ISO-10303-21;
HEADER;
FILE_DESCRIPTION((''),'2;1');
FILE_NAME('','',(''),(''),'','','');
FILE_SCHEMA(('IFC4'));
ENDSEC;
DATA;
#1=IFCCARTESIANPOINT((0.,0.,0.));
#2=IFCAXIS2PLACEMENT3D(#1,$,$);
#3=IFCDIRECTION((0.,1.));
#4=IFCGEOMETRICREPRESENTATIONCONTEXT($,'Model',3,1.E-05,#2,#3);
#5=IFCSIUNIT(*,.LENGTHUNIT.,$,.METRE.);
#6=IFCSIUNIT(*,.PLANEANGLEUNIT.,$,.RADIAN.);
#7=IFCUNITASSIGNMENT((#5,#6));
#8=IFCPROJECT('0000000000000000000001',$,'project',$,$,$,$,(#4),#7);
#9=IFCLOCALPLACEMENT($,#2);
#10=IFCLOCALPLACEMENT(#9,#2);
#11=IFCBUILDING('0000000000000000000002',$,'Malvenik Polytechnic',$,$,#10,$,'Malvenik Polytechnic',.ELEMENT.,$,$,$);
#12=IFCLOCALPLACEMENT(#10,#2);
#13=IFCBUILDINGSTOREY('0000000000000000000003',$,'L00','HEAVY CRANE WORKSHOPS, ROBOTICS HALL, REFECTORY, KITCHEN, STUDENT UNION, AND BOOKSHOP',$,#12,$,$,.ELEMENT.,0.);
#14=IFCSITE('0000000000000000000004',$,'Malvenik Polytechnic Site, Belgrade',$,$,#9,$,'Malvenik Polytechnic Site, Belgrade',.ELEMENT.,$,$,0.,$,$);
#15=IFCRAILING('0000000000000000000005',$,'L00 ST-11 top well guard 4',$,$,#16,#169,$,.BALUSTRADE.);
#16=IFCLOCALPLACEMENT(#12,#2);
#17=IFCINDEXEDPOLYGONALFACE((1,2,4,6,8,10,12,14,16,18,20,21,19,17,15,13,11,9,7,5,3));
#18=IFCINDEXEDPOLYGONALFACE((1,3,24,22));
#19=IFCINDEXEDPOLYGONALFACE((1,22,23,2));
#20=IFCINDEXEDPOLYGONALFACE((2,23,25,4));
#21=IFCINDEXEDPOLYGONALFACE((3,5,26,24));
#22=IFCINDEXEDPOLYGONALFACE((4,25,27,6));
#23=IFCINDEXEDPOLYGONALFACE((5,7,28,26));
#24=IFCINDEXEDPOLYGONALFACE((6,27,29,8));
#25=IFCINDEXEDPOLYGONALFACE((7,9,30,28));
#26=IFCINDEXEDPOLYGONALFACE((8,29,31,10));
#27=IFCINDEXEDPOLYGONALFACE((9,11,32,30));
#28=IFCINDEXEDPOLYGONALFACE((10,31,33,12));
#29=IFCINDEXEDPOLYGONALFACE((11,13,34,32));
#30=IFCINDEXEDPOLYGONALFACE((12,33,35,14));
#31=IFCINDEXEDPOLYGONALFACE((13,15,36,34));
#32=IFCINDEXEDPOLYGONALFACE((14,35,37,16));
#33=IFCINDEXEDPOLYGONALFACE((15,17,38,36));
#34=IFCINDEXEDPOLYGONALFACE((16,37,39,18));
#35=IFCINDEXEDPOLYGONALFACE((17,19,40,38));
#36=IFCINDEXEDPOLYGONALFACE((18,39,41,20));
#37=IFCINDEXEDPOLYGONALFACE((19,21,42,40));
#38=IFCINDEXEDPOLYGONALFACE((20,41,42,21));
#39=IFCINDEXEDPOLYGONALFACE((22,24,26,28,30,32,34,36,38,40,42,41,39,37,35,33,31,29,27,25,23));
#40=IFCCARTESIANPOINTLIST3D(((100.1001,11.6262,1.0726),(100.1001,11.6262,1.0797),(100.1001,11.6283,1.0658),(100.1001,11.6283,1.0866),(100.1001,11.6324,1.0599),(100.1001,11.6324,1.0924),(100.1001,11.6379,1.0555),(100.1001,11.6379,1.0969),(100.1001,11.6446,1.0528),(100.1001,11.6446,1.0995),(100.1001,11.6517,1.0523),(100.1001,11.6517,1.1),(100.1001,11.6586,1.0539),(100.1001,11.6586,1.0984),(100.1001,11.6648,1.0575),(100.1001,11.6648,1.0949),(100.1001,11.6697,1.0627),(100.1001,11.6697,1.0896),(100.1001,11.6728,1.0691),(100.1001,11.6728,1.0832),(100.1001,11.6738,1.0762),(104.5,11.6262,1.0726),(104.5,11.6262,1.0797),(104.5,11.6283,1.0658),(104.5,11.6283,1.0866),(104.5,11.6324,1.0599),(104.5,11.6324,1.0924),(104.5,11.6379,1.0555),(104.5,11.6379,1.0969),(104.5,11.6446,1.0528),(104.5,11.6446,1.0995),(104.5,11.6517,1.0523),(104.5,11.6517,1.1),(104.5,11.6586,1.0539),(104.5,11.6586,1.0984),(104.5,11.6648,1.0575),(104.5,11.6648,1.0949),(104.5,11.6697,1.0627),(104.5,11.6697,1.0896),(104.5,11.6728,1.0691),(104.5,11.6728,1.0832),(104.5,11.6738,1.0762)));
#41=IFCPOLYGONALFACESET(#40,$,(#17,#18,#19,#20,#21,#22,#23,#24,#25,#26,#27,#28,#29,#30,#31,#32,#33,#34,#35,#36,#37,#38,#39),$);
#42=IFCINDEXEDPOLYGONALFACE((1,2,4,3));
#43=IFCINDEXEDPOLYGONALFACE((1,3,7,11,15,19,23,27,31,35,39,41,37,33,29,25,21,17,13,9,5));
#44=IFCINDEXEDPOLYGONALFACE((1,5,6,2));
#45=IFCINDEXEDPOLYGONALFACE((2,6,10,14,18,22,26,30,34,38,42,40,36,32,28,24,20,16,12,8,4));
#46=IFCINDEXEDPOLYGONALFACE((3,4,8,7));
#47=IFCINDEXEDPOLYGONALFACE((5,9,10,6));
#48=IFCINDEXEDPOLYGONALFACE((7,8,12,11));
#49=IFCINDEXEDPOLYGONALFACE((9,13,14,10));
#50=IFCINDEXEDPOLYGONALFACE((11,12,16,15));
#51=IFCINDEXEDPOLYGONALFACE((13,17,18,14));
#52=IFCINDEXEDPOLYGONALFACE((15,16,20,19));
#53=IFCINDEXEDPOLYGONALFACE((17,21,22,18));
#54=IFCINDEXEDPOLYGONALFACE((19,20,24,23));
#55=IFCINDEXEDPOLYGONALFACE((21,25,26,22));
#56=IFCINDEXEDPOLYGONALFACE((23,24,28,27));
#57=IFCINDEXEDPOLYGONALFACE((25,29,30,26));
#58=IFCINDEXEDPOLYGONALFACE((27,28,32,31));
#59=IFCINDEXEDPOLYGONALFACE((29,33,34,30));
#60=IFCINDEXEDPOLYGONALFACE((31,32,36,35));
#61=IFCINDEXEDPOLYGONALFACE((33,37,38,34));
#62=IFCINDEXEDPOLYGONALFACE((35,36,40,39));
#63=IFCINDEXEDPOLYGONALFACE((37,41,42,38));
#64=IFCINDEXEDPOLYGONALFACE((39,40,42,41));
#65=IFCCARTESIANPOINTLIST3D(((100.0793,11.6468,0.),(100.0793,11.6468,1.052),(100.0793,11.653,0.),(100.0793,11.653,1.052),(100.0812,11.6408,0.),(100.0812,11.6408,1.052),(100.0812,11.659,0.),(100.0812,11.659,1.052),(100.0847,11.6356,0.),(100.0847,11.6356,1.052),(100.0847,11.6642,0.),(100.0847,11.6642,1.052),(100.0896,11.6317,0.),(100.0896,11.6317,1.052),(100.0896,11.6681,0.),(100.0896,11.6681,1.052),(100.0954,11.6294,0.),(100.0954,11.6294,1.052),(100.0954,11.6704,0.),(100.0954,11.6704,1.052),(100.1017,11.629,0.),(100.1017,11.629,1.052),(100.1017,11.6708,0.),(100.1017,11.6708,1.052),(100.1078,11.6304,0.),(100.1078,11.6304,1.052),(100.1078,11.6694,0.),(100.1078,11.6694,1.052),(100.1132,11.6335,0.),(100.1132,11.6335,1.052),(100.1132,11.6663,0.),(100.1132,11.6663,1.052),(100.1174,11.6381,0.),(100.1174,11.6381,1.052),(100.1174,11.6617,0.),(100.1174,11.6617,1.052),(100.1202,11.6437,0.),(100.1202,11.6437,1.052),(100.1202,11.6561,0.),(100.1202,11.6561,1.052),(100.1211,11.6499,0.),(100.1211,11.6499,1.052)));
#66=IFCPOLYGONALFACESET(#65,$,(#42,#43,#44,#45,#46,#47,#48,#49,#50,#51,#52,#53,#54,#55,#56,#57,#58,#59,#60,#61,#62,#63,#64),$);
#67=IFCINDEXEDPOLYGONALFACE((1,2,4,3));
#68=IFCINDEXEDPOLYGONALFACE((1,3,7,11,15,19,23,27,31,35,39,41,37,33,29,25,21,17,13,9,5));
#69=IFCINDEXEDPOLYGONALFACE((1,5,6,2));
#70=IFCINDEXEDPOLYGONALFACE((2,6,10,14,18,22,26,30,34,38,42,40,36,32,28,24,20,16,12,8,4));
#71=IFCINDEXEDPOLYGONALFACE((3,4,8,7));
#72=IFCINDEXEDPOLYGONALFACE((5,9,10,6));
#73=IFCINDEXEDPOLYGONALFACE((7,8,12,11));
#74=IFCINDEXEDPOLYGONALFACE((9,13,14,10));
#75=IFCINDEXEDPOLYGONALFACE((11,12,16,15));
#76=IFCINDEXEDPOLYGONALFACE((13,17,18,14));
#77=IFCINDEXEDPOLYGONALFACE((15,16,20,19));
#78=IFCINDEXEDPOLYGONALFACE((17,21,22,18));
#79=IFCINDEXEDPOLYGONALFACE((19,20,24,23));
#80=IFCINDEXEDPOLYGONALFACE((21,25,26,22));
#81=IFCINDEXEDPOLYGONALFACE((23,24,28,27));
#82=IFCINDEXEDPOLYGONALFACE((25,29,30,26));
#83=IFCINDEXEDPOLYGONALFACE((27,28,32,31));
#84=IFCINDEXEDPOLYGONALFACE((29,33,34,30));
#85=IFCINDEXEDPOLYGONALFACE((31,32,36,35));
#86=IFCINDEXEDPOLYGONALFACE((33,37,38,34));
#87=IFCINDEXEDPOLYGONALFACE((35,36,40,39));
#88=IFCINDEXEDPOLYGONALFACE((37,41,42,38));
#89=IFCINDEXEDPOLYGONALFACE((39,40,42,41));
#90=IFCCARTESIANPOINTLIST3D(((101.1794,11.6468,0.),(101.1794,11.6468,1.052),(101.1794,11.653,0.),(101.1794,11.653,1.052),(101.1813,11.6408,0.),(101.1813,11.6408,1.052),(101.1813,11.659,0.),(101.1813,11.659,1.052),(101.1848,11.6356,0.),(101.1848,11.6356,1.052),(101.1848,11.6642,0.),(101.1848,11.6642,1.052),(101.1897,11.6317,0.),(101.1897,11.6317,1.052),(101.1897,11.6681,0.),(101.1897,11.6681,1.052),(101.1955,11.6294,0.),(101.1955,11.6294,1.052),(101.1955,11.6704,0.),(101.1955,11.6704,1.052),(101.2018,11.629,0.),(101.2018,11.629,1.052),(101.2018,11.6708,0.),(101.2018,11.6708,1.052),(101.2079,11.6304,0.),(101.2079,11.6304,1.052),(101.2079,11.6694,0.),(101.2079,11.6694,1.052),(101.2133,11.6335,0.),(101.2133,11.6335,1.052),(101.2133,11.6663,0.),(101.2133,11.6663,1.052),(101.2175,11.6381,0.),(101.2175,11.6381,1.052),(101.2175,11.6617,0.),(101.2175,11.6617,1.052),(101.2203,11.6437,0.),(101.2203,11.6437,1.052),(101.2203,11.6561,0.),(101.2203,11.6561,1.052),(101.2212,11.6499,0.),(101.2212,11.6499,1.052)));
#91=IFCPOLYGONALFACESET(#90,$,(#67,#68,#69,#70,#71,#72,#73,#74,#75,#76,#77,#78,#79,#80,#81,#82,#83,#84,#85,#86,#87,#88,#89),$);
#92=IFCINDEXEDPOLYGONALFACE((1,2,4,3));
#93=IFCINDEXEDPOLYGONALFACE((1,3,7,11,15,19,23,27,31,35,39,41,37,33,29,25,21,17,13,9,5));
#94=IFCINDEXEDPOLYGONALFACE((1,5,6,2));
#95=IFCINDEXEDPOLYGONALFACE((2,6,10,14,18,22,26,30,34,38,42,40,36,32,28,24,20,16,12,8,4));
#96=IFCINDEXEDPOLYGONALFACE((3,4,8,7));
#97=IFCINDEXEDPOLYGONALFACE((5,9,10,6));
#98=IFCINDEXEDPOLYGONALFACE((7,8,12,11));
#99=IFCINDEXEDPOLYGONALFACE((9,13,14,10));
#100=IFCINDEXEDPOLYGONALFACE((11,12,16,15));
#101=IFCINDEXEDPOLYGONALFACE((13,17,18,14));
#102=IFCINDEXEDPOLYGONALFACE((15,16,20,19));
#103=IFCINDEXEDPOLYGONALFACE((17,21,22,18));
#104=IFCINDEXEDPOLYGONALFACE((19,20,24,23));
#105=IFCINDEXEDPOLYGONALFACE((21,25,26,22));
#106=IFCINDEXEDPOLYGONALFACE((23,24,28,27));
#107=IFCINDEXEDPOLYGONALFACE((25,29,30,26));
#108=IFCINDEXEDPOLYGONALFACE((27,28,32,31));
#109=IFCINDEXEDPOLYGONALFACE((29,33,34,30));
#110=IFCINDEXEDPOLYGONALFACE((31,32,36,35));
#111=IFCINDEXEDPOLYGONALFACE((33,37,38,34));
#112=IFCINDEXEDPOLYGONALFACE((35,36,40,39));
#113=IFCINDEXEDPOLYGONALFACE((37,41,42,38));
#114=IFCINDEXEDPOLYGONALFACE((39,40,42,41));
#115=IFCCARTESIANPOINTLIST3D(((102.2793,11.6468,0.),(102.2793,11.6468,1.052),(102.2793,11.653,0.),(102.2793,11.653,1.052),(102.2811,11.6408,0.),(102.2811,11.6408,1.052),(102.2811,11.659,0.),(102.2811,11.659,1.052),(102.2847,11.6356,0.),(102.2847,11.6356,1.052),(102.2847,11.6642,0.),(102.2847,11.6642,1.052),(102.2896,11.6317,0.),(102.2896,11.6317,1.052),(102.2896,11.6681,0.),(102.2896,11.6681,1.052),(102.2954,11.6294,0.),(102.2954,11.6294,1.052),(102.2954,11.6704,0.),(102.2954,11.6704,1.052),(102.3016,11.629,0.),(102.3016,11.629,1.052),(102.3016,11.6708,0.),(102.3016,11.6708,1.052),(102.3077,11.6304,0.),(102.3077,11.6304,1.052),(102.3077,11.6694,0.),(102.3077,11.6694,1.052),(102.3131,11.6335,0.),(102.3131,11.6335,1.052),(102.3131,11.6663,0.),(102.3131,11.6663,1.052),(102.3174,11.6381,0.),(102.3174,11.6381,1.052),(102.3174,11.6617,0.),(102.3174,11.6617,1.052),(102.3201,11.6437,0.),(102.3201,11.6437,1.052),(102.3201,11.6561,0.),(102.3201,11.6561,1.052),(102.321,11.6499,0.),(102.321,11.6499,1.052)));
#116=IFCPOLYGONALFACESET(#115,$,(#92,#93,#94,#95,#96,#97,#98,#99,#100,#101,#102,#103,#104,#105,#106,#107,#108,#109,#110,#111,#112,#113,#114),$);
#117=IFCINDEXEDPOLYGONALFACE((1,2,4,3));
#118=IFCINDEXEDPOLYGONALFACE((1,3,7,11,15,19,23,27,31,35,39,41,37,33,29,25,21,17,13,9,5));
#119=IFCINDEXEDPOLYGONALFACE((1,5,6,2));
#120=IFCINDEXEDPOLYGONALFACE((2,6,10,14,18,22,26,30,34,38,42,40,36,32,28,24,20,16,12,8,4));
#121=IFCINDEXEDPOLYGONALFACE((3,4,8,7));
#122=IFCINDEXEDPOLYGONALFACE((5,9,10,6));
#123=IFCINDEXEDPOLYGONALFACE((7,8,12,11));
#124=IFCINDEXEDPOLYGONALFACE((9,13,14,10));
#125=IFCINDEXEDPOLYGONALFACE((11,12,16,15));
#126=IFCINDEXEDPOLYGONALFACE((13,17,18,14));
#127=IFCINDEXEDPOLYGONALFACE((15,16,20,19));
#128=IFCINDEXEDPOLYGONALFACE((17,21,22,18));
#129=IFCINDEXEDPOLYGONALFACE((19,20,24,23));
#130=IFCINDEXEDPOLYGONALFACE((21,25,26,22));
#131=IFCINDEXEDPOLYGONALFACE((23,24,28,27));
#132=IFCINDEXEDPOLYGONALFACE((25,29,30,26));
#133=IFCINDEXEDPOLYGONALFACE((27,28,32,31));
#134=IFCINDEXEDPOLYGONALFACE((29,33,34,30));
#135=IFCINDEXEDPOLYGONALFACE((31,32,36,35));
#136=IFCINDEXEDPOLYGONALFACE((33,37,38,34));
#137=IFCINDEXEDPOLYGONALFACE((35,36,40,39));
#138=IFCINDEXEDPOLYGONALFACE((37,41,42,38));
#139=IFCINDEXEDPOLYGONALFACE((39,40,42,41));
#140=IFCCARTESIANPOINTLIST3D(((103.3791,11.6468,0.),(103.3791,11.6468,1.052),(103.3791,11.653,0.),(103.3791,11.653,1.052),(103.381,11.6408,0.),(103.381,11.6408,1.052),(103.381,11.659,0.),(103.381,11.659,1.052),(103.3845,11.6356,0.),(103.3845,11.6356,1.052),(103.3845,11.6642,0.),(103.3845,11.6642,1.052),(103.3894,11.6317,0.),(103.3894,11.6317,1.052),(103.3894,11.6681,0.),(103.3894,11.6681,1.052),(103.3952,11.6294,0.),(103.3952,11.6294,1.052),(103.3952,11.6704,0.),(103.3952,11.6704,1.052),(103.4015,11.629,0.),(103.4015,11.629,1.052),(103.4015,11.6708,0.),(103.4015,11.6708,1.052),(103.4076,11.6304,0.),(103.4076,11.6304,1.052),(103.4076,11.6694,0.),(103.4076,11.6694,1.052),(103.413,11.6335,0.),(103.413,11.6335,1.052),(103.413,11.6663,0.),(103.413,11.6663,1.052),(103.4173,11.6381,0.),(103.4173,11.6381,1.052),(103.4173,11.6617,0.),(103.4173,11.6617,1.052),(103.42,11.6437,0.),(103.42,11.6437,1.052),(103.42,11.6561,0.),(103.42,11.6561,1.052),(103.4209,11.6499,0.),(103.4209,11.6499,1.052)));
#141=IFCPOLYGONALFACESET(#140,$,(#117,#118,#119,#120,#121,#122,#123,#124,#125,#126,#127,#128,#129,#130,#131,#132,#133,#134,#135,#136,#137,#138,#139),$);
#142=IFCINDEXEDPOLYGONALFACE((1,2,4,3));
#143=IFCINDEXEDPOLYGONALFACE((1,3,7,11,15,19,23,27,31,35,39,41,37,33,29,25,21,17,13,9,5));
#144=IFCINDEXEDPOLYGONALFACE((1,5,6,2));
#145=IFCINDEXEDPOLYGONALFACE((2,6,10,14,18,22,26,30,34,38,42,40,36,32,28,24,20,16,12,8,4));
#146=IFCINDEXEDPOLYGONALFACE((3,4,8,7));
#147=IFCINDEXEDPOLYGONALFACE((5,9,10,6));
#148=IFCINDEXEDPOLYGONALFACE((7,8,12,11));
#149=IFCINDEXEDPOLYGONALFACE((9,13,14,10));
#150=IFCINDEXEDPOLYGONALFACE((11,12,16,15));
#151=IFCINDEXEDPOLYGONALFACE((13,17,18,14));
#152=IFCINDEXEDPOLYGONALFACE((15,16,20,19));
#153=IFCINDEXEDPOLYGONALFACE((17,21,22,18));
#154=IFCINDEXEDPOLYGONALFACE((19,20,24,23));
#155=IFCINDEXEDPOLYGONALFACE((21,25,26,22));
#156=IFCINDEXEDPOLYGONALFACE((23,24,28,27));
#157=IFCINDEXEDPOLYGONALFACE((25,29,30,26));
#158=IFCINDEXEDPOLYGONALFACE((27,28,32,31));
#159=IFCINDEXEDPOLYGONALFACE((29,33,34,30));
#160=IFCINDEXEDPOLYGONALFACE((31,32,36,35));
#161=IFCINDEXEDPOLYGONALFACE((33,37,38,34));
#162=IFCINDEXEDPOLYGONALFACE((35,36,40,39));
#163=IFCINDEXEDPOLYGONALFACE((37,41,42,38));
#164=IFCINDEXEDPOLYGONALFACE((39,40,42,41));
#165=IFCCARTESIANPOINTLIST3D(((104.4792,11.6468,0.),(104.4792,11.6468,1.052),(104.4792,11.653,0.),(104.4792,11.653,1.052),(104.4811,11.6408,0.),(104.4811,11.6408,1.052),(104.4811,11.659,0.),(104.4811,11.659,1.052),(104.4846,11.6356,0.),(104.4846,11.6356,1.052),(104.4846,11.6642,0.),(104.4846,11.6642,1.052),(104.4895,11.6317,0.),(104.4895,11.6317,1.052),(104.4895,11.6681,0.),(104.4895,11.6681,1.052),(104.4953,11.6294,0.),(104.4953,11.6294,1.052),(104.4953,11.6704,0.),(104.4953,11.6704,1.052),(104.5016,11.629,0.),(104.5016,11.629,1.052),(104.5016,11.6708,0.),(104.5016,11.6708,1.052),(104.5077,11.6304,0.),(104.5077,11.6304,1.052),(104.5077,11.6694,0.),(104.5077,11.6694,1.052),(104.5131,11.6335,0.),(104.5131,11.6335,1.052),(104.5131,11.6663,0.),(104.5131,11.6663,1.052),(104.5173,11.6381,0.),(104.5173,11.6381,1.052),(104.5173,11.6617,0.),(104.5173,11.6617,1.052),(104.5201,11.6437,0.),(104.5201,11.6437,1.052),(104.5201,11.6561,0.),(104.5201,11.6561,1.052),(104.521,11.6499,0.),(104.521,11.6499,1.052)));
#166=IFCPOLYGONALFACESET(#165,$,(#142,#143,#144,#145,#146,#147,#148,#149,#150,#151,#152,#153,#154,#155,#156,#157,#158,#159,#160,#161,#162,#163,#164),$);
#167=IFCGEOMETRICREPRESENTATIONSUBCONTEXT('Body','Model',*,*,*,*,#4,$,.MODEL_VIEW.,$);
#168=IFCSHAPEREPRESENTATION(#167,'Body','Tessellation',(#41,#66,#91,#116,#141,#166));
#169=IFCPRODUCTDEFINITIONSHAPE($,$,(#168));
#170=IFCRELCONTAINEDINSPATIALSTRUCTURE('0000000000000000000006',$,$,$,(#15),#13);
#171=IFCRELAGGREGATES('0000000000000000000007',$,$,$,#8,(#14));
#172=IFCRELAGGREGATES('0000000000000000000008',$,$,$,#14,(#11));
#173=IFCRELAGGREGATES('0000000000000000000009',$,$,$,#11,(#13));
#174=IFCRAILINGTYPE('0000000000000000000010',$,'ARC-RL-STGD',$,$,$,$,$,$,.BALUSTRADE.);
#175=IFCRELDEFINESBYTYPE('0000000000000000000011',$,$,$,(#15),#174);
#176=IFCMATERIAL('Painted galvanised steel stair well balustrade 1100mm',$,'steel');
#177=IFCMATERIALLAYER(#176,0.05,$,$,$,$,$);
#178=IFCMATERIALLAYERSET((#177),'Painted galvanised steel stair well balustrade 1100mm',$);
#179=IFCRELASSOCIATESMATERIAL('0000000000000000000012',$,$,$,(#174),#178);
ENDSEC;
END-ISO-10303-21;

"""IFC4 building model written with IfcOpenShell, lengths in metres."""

from ifc_helpers import new_model, si_unit, direction, frame, origin, origin_2d, place, context, subcontext, project, spatial, circle, extrude, material, layer, layer_set, type_object, element, save


model = new_model("IFC4")

# Units and contexts
model_context = context("Model", 3, precision=1e-05, world=origin(), true_north=direction((0.0, 1.0)))
body_context = subcontext(model_context, "Body", "Model", "MODEL_VIEW")
ifc_project = project(units=[si_unit("LENGTHUNIT", "METRE"), si_unit("PLANEANGLEUNIT", "RADIAN")], contexts=[model_context])

# Site, building, storey
site_placement = place(None, origin())
site = spatial("IfcSite", under=ifc_project, at=site_placement, Name="Malvenik Polytechnic Site, Belgrade", LongName="Malvenik Polytechnic Site, Belgrade", CompositionType="ELEMENT", RefElevation=0.0)
building_placement = place(site_placement, origin())
building = spatial("IfcBuilding", under=site, at=building_placement, Name="Malvenik Polytechnic", LongName="Malvenik Polytechnic", CompositionType="ELEMENT")
storey_placement = place(building_placement, origin())
storey = spatial("IfcBuildingStorey", under=building, at=storey_placement, Name="L00", Description="HEAVY CRANE WORKSHOPS, ROBOTICS HALL, REFECTORY, KITCHEN, STUDENT UNION, AND BOOKSHOP", CompositionType="ELEMENT", Elevation=0.0)

# Railing
ifc_material_1 = material(Name="Painted galvanised steel stair well balustrade 1100mm", Category="steel")
ifc_layer_1 = layer(ifc_material_1, 0.05)
ifc_layer_set_1 = layer_set([ifc_layer_1], Name="Painted galvanised steel stair well balustrade 1100mm")
railing_type_1 = type_object("IfcRailingType", Name="ARC-RL-STGD", PredefinedType="BALUSTRADE", material=ifc_layer_set_1)
railing_1_placement = place(storey_placement, frame((100.1001, 11.6499, 0.0)))
element("IfcRailing", 1, at=railing_1_placement, inside=storey, type_object=railing_type_1, Name="L00 ST-11 top well guard 4", PredefinedType="BALUSTRADE", context=body_context, shape_type="SweptSolid", body=[
    extrude(circle(Radius=0.0239, at=origin_2d()), frame((0.0, 0.0, 1.0762), z_axis=(1.0, 0.0, 0.0), x_axis=(0.0, 1.0, 0.0)), (0.0, 0.0, 1.0), 4.3999),
    extrude(circle(Radius=0.021, at=origin_2d()), origin(), (0.0, 0.0, 1.0), 1.052),
    extrude(circle(Radius=0.021, at=origin_2d()), frame((1.1001, 0.0, 0.0)), (0.0, 0.0, 1.0), 1.052),
    extrude(circle(Radius=0.021, at=origin_2d()), frame((2.2, 0.0, 0.0)), (0.0, 0.0, 1.0), 1.052),
    extrude(circle(Radius=0.021, at=origin_2d()), frame((3.2998, 0.0, 0.0)), (0.0, 0.0, 1.0), 1.052),
    extrude(circle(Radius=0.021, at=origin_2d()), frame((4.3999, 0.0, 0.0)), (0.0, 0.0, 1.0), 1.052),
])

save(model, "model.ifc")
